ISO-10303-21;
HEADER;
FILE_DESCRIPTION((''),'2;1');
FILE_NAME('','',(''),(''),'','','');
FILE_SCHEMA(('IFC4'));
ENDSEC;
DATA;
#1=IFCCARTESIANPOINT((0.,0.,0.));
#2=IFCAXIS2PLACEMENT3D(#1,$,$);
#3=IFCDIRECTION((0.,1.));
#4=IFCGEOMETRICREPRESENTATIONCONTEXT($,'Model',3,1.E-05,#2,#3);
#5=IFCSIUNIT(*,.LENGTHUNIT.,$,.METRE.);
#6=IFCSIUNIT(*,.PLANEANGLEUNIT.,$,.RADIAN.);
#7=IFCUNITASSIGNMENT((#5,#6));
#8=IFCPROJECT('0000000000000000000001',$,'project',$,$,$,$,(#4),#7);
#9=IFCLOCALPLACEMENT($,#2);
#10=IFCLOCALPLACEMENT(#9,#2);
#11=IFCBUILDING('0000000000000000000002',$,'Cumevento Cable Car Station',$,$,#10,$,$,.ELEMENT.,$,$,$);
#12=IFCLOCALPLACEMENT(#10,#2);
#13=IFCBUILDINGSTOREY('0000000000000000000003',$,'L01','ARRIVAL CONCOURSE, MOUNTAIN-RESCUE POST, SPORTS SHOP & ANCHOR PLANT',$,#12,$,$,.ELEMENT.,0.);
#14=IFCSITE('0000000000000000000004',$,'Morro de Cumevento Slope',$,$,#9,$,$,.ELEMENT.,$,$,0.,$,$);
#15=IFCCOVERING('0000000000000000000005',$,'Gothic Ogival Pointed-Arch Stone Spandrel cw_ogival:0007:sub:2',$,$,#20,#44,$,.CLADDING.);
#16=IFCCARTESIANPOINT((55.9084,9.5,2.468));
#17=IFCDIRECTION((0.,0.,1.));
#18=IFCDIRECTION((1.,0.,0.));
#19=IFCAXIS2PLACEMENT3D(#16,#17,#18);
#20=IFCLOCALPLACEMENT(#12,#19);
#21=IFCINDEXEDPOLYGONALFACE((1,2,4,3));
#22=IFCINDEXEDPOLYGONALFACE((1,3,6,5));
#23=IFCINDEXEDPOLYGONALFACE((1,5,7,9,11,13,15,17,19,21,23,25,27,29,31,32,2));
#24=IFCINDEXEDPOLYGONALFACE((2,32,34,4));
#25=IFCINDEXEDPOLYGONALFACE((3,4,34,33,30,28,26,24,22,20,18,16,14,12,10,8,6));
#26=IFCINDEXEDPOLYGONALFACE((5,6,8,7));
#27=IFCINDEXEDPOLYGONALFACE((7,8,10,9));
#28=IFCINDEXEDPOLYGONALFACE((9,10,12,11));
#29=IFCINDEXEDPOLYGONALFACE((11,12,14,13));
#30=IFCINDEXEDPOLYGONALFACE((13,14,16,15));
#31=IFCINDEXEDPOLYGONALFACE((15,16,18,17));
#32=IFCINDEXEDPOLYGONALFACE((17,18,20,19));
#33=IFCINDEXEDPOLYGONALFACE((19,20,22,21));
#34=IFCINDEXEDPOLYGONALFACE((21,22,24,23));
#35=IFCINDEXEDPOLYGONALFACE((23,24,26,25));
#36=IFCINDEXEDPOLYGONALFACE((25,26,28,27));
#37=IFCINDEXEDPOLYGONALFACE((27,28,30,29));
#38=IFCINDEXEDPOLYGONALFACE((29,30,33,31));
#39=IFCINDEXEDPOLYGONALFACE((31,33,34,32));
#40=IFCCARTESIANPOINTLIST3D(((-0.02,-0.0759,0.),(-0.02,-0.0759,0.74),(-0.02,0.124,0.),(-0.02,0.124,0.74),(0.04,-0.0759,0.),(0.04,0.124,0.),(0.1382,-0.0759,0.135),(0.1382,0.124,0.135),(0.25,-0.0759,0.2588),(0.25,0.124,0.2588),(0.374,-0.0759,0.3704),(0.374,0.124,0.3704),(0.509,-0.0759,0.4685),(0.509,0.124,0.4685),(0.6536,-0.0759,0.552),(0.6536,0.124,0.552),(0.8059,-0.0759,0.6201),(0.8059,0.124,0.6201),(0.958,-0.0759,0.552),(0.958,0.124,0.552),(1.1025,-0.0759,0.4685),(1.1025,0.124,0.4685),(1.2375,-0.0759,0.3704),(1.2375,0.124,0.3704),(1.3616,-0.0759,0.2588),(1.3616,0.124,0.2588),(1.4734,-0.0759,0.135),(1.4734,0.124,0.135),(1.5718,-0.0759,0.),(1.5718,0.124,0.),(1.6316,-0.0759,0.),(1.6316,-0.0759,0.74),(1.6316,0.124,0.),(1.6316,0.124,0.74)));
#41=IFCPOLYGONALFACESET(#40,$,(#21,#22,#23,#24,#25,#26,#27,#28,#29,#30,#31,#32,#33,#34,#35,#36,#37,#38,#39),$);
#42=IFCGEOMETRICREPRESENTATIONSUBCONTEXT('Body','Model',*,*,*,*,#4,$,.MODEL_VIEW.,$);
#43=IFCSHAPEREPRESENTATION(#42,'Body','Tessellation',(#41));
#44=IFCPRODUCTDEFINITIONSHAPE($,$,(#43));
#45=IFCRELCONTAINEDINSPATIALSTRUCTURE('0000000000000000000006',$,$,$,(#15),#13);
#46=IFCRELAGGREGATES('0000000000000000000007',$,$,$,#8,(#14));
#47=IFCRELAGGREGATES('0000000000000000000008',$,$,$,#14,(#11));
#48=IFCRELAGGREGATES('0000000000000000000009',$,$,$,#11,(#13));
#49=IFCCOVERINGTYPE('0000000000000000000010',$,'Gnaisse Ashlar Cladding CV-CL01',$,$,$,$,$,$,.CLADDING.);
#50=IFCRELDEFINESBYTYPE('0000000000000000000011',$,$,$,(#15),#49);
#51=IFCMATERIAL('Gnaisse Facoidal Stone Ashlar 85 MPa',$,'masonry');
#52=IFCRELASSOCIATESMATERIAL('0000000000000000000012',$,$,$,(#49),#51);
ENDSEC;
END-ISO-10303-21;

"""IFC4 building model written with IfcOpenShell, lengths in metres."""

from ifc_helpers import new_model, si_unit, direction, frame, origin, place, context, subcontext, project, spatial, polyline, outline, extrude, material, type_object, element, save


model = new_model("IFC4")

# Units and contexts
model_context = context("Model", 3, precision=1e-05, world=origin(), true_north=direction((0.0, 1.0)))
body_context = subcontext(model_context, "Body", "Model", "MODEL_VIEW")
ifc_project = project(units=[si_unit("LENGTHUNIT", "METRE"), si_unit("PLANEANGLEUNIT", "RADIAN")], contexts=[model_context])

# Site, building, storey
site_placement = place(None, origin())
site = spatial("IfcSite", under=ifc_project, at=site_placement, Name="Morro de Cumevento Slope", CompositionType="ELEMENT", RefElevation=0.0)
building_placement = place(site_placement, origin())
building = spatial("IfcBuilding", under=site, at=building_placement, Name="Cumevento Cable Car Station", CompositionType="ELEMENT")
storey_placement = place(building_placement, origin())
storey = spatial("IfcBuildingStorey", under=building, at=storey_placement, Name="L01", Description="ARRIVAL CONCOURSE, MOUNTAIN-RESCUE POST, SPORTS SHOP & ANCHOR PLANT", CompositionType="ELEMENT", Elevation=0.0)

# Covering
ifc_material_1 = material(Name="Gnaisse Facoidal Stone Ashlar 85 MPa", Category="masonry")
covering_type = type_object("IfcCoveringType", Name="Gnaisse Ashlar Cladding CV-CL01", PredefinedType="CLADDING", material=ifc_material_1)
covering_1_placement = place(storey_placement, frame((55.9084, 9.5, 2.468), z_axis=(0.0, 0.0, 1.0), x_axis=(1.0, 0.0, 0.0)))
element("IfcCovering", 1, at=covering_1_placement, inside=storey, type_object=covering_type, Name="Gothic Ogival Pointed-Arch Stone Spandrel cw_ogival:0007:sub:2", PredefinedType="CLADDING", context=body_context, shape_type="SweptSolid", body=[
    extrude(outline(polyline([(-0.02, 0.0), (-0.02, 0.74), (1.6316, 0.74), (1.6316, 0.0), (1.5718, 0.0), (1.4734, 0.135), (1.3616, 0.2588), (1.2375, 0.3704), (1.1025, 0.4685), (0.958, 0.552), (0.8059, 0.6201), (0.6536, 0.552), (0.509, 0.4685), (0.374, 0.3704), (0.25, 0.2588), (0.1382, 0.135), (0.04, 0.0), (-0.02, 0.0)])), frame((0.0, 0.124, 0.0), z_axis=(0.0, -1.0, 0.0), x_axis=(1.0, 0.0, 0.0)), (0.0, 0.0, 1.0), 0.2),
])

save(model, "model.ifc")
